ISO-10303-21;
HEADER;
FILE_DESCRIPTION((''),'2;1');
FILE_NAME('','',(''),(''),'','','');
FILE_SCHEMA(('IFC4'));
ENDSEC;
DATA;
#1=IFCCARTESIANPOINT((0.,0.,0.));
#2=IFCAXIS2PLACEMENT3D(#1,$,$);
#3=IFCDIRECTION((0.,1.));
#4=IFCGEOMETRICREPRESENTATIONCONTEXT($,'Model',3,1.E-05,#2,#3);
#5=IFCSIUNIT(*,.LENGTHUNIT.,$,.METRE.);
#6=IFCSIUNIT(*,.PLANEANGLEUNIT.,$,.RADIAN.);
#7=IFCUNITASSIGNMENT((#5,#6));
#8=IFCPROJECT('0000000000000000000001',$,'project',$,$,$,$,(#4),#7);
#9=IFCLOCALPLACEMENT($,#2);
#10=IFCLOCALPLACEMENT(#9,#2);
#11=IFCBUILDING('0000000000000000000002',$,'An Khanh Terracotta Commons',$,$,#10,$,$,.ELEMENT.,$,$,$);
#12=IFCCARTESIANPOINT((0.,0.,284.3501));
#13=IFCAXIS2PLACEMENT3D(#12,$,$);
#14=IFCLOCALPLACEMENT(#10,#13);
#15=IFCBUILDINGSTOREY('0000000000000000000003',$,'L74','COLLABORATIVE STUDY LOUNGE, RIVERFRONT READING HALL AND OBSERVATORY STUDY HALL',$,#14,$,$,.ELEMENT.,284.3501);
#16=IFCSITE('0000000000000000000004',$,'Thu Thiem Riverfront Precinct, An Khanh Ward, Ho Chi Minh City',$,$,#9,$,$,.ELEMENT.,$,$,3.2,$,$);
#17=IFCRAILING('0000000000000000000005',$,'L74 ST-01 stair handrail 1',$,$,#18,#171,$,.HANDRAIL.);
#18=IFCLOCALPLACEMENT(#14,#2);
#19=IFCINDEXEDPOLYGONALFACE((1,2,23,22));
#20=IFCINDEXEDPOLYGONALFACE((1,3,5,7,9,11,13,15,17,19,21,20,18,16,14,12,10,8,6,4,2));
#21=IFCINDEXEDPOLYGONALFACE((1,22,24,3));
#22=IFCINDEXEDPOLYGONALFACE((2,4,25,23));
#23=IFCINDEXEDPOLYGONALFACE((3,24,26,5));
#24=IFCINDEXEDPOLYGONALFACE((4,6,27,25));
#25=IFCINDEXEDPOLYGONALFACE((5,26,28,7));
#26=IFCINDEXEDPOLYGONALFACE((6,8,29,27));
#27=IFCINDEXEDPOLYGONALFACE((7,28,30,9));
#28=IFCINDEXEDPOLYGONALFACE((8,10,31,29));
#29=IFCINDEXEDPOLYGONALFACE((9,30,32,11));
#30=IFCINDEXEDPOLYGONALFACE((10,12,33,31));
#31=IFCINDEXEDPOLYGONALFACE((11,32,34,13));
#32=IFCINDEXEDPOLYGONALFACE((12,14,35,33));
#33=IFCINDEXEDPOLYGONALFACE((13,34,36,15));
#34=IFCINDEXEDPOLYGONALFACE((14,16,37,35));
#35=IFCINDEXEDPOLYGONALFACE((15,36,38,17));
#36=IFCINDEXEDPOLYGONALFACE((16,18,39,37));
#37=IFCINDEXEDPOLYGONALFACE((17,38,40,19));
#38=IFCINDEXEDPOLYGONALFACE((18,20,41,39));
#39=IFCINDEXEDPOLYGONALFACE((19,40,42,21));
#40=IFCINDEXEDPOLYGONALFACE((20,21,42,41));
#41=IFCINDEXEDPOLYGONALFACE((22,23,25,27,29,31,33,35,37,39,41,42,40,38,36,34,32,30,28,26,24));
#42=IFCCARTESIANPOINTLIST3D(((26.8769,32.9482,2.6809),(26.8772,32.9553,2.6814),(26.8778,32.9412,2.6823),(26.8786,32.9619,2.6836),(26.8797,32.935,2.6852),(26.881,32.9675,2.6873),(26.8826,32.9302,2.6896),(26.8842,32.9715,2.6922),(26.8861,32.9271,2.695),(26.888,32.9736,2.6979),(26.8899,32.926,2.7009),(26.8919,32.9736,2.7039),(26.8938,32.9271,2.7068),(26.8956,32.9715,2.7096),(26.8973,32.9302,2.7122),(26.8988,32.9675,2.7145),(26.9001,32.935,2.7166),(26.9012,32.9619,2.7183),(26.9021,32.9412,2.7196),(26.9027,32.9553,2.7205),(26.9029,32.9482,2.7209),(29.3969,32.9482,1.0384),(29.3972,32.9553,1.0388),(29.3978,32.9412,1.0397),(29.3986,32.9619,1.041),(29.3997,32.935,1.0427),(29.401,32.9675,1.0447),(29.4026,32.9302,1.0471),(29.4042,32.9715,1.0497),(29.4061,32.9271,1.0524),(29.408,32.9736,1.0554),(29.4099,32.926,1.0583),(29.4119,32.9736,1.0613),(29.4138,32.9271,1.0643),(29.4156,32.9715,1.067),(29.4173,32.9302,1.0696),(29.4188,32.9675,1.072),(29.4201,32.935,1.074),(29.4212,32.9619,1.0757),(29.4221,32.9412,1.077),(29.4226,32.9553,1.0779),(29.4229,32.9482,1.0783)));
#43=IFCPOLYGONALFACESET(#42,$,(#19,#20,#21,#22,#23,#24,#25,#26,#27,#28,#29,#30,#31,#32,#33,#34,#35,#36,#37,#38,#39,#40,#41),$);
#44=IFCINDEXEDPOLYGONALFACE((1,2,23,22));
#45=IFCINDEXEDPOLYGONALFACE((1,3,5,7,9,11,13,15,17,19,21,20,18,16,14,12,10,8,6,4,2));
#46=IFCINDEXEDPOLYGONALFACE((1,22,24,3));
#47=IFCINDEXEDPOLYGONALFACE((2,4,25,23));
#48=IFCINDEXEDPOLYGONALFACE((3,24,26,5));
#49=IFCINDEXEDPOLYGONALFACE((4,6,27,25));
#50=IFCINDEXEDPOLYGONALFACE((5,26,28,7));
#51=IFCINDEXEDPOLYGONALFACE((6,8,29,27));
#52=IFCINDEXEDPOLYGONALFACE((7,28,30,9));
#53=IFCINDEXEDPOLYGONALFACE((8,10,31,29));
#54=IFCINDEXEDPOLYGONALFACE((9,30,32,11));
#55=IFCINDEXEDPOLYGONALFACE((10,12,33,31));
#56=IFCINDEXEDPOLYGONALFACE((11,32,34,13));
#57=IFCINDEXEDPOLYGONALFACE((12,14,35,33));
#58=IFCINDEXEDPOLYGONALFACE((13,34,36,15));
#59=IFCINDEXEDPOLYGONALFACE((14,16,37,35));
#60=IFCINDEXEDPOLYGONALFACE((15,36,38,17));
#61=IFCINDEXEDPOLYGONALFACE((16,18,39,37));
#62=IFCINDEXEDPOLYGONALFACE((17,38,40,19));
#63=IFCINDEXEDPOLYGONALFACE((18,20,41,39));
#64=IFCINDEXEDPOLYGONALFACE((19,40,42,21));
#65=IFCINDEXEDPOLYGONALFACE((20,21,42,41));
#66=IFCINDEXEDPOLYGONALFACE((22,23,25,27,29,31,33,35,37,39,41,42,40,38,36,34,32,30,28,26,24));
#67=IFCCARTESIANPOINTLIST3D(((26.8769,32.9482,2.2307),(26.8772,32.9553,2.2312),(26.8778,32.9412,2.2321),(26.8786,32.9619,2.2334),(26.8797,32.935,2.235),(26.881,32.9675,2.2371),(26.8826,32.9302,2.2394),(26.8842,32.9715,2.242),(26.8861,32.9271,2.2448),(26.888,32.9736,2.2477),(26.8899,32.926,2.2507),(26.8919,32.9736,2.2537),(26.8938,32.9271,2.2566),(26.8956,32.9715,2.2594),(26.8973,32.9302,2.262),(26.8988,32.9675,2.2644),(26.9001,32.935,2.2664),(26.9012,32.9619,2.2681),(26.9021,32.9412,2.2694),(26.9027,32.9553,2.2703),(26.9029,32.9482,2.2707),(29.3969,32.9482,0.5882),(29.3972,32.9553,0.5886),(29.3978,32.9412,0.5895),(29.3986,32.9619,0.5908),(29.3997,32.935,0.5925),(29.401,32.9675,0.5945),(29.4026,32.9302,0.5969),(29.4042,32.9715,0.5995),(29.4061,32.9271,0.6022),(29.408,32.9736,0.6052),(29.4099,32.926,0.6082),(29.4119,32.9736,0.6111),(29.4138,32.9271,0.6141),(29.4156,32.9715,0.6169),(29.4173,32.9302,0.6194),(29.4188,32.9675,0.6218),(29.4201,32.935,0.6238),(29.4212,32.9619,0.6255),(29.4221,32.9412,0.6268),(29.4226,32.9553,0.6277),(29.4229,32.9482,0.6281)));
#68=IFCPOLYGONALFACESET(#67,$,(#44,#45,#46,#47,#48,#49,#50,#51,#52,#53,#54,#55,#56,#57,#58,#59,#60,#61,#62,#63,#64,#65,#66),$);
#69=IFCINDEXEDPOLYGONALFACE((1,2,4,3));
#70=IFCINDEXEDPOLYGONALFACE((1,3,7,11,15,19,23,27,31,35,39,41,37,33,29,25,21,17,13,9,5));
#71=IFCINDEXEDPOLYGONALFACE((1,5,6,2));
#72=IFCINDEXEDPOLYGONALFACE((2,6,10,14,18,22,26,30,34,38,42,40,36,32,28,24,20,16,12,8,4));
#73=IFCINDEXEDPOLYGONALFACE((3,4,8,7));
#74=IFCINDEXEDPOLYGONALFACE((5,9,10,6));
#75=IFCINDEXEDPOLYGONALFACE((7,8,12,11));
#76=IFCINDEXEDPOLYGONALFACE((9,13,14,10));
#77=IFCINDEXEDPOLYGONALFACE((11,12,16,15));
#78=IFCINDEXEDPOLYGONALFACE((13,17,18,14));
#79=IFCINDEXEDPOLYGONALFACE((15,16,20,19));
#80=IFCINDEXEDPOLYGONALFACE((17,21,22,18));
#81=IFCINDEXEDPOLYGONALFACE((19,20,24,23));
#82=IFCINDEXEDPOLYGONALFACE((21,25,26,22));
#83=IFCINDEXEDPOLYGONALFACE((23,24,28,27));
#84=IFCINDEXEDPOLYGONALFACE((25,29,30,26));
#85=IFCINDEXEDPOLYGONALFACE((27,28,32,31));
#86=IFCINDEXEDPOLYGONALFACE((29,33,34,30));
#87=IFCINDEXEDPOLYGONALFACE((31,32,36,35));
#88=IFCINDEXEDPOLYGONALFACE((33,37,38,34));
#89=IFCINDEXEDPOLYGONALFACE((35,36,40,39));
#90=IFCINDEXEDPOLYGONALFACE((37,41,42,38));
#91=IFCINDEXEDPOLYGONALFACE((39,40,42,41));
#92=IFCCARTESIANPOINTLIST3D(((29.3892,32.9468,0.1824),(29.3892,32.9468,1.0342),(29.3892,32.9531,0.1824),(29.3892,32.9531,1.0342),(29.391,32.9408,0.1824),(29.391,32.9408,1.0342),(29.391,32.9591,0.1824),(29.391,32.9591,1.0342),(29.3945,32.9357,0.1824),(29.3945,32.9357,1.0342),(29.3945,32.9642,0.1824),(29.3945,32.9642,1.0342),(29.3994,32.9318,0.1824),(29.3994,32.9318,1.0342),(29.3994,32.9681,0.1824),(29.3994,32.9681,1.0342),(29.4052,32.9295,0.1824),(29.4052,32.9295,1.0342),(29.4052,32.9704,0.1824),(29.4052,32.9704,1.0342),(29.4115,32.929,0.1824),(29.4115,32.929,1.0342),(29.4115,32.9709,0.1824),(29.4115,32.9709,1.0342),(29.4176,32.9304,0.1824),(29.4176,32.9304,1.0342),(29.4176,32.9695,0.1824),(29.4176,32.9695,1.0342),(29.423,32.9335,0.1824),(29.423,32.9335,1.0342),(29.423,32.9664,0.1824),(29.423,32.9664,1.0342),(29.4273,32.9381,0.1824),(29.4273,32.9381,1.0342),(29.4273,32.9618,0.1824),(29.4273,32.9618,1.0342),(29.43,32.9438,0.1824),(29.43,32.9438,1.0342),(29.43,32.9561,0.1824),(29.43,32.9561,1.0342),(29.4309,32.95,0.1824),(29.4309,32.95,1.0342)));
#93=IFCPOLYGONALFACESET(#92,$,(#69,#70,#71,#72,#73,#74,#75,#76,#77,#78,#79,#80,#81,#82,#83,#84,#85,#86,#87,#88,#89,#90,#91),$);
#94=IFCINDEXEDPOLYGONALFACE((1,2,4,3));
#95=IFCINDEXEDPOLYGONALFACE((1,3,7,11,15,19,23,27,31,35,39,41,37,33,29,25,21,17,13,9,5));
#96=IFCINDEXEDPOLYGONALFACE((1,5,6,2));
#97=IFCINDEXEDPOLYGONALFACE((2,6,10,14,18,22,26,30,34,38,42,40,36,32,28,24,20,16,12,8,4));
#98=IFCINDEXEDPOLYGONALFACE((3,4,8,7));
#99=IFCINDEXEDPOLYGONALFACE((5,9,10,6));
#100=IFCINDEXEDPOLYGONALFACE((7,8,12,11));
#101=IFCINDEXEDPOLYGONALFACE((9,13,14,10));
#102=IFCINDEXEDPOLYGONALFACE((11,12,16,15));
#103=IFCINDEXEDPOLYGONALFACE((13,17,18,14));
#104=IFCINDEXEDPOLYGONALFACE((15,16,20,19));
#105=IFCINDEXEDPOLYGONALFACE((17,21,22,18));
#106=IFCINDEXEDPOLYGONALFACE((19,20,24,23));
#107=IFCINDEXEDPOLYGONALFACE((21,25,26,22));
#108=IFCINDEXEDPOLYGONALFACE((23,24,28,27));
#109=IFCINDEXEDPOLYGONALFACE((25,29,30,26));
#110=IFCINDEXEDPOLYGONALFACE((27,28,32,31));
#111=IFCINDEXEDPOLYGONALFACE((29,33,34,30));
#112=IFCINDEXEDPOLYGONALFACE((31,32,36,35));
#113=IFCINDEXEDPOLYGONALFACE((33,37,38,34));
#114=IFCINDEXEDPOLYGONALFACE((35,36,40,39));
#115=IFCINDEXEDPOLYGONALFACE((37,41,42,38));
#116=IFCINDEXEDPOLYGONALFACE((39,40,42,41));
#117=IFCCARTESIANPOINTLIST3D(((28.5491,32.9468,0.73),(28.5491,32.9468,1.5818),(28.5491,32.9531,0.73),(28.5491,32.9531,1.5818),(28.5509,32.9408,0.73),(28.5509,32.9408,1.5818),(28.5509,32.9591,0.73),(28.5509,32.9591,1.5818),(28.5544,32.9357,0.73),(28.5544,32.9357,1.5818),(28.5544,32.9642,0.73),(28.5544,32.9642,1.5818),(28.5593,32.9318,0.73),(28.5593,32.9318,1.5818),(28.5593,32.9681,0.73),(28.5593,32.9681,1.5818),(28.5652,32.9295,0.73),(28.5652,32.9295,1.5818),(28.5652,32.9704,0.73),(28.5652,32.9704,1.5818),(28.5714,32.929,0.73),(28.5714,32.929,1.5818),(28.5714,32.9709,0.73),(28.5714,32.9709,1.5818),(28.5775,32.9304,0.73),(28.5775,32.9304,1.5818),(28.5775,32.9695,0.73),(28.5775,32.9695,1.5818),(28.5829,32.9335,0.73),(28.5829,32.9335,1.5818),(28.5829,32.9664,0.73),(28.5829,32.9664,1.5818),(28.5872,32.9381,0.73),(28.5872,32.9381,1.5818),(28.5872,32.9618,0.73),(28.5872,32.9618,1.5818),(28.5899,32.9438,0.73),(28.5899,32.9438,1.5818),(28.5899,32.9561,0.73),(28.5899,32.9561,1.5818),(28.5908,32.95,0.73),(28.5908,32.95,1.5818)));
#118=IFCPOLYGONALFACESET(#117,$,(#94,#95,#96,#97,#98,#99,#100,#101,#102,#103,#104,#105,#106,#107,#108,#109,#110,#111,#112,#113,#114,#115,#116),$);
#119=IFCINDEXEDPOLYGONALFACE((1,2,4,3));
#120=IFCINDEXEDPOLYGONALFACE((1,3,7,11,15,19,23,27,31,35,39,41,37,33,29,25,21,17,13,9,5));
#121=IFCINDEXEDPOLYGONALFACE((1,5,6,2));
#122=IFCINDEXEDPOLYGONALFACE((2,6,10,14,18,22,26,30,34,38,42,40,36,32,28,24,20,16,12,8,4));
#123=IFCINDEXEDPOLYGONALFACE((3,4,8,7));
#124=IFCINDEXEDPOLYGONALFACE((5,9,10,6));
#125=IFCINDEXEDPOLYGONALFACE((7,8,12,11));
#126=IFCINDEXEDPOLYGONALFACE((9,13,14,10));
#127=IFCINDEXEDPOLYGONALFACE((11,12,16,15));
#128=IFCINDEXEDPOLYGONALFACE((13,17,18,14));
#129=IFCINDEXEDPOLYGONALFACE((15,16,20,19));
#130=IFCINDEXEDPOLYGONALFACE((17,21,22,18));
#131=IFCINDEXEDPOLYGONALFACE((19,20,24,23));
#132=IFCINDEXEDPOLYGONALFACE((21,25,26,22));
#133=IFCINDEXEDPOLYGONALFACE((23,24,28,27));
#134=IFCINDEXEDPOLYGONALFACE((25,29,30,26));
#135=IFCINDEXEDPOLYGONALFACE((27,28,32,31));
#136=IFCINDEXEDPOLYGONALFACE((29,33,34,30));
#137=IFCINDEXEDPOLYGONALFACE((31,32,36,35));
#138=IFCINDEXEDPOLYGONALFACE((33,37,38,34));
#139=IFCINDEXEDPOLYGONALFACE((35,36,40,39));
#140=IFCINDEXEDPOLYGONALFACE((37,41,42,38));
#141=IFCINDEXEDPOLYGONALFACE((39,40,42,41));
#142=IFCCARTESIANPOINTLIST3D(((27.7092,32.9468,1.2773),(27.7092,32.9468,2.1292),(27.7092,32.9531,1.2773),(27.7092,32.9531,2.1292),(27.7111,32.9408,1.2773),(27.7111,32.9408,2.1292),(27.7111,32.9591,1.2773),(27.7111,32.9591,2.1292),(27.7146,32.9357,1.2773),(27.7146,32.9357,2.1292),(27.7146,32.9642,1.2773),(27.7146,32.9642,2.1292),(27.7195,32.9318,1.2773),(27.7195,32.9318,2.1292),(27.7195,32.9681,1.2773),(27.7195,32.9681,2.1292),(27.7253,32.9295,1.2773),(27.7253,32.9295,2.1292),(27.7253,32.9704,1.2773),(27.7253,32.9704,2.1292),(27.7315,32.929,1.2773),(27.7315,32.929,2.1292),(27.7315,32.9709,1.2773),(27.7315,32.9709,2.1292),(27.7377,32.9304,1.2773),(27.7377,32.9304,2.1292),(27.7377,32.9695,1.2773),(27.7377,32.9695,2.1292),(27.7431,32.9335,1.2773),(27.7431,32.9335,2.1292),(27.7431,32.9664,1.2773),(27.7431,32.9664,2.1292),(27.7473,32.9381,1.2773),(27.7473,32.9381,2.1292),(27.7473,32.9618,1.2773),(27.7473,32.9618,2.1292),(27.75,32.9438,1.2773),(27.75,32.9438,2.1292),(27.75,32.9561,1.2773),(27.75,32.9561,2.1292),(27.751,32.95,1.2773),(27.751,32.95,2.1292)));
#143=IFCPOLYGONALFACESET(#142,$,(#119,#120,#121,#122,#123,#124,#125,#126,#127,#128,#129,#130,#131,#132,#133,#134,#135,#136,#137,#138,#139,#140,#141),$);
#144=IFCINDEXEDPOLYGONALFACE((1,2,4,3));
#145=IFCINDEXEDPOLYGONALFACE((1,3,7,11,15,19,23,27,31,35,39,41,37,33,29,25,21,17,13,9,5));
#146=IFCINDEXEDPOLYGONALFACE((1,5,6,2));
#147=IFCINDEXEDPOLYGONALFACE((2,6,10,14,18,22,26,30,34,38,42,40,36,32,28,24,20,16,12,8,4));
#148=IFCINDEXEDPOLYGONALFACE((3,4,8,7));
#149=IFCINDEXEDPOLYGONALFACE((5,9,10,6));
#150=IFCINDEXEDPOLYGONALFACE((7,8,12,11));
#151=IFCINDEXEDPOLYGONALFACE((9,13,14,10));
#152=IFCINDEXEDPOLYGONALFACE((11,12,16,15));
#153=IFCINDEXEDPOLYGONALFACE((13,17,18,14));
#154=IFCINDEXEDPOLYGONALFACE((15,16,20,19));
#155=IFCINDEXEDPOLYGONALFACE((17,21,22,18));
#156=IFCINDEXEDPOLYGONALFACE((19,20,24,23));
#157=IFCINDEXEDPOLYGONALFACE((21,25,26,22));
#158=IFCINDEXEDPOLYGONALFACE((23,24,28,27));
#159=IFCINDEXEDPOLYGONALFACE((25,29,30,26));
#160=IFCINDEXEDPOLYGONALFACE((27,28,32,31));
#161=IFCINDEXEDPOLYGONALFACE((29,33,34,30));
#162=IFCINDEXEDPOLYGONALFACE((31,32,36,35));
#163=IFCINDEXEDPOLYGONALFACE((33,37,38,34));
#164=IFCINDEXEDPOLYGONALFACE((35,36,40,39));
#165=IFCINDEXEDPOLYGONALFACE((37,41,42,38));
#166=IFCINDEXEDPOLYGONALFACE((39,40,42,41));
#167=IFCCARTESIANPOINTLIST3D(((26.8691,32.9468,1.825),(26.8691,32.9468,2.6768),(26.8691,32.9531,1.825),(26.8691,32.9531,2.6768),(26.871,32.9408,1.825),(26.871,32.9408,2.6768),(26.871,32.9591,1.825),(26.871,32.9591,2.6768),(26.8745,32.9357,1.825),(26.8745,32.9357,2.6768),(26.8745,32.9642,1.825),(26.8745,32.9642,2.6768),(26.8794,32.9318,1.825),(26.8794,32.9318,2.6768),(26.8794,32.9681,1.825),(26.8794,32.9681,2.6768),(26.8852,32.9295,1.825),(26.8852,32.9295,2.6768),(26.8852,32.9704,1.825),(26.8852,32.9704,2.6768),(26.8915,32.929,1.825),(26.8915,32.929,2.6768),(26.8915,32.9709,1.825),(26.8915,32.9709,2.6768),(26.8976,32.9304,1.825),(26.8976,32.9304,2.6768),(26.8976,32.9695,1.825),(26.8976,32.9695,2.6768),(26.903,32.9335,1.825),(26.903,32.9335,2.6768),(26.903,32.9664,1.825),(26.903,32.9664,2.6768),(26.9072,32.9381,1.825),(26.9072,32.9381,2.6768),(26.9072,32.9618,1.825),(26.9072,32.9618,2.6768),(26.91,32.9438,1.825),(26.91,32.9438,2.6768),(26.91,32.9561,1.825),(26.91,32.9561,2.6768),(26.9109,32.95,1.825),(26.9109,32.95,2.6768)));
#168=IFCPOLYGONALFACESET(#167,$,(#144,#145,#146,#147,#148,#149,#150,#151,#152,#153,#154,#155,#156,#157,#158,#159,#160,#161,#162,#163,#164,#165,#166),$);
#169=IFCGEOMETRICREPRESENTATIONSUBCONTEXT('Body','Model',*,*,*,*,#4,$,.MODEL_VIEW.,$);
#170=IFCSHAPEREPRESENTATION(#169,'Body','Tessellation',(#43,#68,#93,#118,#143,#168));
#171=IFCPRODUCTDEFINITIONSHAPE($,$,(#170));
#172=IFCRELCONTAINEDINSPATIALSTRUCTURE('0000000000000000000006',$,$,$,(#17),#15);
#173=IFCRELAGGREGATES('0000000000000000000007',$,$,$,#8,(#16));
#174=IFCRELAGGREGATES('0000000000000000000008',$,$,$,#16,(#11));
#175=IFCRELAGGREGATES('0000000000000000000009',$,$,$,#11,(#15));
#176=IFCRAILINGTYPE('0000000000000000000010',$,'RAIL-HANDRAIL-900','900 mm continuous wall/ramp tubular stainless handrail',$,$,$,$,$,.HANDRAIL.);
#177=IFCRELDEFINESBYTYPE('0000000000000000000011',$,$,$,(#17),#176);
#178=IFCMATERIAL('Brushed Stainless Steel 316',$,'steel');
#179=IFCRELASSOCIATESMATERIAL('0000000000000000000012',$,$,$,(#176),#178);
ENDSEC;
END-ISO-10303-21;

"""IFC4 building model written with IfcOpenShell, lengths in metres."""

from ifc_helpers import new_model, si_unit, direction, frame, origin, origin_2d, place, context, subcontext, project, spatial, circle, extrude, material, type_object, element, save


model = new_model("IFC4")

# Units and contexts
model_context = context("Model", 3, precision=1e-05, world=origin(), true_north=direction((0.0, 1.0)))
body_context = subcontext(model_context, "Body", "Model", "MODEL_VIEW")
ifc_project = project(units=[si_unit("LENGTHUNIT", "METRE"), si_unit("PLANEANGLEUNIT", "RADIAN")], contexts=[model_context])

# Site, building, storey
site_placement = place(None, origin())
site = spatial("IfcSite", under=ifc_project, at=site_placement, Name="Thu Thiem Riverfront Precinct, An Khanh Ward, Ho Chi Minh City", CompositionType="ELEMENT", RefElevation=3.2)
building_placement = place(site_placement, origin())
building = spatial("IfcBuilding", under=site, at=building_placement, Name="An Khanh Terracotta Commons", CompositionType="ELEMENT")
storey_placement = place(building_placement, frame((0.0, 0.0, 284.3501)))
storey = spatial("IfcBuildingStorey", under=building, at=storey_placement, Name="L74", Description="COLLABORATIVE STUDY LOUNGE, RIVERFRONT READING HALL AND OBSERVATORY STUDY HALL", CompositionType="ELEMENT", Elevation=284.3501)

# Railing
ifc_material_1 = material(Name="Brushed Stainless Steel 316", Category="steel")
railing_type_1 = type_object("IfcRailingType", Name="RAIL-HANDRAIL-900", Description="900 mm continuous wall/ramp tubular stainless handrail", PredefinedType="HANDRAIL", material=ifc_material_1)
railing_1_placement = place(storey_placement, frame((29.4099, 32.95, 0.1824)))
element("IfcRailing", 1, at=railing_1_placement, inside=storey, type_object=railing_type_1, Name="L74 ST-01 stair handrail 1", PredefinedType="HANDRAIL", context=body_context, shape_type="SweptSolid", body=[
    extrude(circle(Radius=0.0239, at=origin_2d()), frame((0.0, 0.0, 0.876), z_axis=(-0.837749, 0.0, 0.546055), x_axis=(0.0, -1.0, 0.0)), (0.0, 0.0, 1.0), 3.0081),
    extrude(circle(Radius=0.0239, at=origin_2d()), frame((0.0, 0.0, 0.4258), z_axis=(-0.837749, 0.0, 0.546055), x_axis=(0.0, -1.0, 0.0)), (0.0, 0.0, 1.0), 3.0081),
    extrude(circle(Radius=0.021, at=origin_2d()), origin(), (0.0, 0.0, 1.0), 0.8518),
    extrude(circle(Radius=0.021, at=origin_2d()), frame((-0.8401, 0.0, 0.5476)), (0.0, 0.0, 1.0), 0.8518),
    extrude(circle(Radius=0.021, at=origin_2d()), frame((-1.6799, 0.0, 1.095)), (0.0, 0.0, 1.0), 0.8518),
    extrude(circle(Radius=0.021, at=origin_2d()), frame((-2.52, 0.0, 1.6426)), (0.0, 0.0, 1.0), 0.8518),
])

save(model, "model.ifc")
